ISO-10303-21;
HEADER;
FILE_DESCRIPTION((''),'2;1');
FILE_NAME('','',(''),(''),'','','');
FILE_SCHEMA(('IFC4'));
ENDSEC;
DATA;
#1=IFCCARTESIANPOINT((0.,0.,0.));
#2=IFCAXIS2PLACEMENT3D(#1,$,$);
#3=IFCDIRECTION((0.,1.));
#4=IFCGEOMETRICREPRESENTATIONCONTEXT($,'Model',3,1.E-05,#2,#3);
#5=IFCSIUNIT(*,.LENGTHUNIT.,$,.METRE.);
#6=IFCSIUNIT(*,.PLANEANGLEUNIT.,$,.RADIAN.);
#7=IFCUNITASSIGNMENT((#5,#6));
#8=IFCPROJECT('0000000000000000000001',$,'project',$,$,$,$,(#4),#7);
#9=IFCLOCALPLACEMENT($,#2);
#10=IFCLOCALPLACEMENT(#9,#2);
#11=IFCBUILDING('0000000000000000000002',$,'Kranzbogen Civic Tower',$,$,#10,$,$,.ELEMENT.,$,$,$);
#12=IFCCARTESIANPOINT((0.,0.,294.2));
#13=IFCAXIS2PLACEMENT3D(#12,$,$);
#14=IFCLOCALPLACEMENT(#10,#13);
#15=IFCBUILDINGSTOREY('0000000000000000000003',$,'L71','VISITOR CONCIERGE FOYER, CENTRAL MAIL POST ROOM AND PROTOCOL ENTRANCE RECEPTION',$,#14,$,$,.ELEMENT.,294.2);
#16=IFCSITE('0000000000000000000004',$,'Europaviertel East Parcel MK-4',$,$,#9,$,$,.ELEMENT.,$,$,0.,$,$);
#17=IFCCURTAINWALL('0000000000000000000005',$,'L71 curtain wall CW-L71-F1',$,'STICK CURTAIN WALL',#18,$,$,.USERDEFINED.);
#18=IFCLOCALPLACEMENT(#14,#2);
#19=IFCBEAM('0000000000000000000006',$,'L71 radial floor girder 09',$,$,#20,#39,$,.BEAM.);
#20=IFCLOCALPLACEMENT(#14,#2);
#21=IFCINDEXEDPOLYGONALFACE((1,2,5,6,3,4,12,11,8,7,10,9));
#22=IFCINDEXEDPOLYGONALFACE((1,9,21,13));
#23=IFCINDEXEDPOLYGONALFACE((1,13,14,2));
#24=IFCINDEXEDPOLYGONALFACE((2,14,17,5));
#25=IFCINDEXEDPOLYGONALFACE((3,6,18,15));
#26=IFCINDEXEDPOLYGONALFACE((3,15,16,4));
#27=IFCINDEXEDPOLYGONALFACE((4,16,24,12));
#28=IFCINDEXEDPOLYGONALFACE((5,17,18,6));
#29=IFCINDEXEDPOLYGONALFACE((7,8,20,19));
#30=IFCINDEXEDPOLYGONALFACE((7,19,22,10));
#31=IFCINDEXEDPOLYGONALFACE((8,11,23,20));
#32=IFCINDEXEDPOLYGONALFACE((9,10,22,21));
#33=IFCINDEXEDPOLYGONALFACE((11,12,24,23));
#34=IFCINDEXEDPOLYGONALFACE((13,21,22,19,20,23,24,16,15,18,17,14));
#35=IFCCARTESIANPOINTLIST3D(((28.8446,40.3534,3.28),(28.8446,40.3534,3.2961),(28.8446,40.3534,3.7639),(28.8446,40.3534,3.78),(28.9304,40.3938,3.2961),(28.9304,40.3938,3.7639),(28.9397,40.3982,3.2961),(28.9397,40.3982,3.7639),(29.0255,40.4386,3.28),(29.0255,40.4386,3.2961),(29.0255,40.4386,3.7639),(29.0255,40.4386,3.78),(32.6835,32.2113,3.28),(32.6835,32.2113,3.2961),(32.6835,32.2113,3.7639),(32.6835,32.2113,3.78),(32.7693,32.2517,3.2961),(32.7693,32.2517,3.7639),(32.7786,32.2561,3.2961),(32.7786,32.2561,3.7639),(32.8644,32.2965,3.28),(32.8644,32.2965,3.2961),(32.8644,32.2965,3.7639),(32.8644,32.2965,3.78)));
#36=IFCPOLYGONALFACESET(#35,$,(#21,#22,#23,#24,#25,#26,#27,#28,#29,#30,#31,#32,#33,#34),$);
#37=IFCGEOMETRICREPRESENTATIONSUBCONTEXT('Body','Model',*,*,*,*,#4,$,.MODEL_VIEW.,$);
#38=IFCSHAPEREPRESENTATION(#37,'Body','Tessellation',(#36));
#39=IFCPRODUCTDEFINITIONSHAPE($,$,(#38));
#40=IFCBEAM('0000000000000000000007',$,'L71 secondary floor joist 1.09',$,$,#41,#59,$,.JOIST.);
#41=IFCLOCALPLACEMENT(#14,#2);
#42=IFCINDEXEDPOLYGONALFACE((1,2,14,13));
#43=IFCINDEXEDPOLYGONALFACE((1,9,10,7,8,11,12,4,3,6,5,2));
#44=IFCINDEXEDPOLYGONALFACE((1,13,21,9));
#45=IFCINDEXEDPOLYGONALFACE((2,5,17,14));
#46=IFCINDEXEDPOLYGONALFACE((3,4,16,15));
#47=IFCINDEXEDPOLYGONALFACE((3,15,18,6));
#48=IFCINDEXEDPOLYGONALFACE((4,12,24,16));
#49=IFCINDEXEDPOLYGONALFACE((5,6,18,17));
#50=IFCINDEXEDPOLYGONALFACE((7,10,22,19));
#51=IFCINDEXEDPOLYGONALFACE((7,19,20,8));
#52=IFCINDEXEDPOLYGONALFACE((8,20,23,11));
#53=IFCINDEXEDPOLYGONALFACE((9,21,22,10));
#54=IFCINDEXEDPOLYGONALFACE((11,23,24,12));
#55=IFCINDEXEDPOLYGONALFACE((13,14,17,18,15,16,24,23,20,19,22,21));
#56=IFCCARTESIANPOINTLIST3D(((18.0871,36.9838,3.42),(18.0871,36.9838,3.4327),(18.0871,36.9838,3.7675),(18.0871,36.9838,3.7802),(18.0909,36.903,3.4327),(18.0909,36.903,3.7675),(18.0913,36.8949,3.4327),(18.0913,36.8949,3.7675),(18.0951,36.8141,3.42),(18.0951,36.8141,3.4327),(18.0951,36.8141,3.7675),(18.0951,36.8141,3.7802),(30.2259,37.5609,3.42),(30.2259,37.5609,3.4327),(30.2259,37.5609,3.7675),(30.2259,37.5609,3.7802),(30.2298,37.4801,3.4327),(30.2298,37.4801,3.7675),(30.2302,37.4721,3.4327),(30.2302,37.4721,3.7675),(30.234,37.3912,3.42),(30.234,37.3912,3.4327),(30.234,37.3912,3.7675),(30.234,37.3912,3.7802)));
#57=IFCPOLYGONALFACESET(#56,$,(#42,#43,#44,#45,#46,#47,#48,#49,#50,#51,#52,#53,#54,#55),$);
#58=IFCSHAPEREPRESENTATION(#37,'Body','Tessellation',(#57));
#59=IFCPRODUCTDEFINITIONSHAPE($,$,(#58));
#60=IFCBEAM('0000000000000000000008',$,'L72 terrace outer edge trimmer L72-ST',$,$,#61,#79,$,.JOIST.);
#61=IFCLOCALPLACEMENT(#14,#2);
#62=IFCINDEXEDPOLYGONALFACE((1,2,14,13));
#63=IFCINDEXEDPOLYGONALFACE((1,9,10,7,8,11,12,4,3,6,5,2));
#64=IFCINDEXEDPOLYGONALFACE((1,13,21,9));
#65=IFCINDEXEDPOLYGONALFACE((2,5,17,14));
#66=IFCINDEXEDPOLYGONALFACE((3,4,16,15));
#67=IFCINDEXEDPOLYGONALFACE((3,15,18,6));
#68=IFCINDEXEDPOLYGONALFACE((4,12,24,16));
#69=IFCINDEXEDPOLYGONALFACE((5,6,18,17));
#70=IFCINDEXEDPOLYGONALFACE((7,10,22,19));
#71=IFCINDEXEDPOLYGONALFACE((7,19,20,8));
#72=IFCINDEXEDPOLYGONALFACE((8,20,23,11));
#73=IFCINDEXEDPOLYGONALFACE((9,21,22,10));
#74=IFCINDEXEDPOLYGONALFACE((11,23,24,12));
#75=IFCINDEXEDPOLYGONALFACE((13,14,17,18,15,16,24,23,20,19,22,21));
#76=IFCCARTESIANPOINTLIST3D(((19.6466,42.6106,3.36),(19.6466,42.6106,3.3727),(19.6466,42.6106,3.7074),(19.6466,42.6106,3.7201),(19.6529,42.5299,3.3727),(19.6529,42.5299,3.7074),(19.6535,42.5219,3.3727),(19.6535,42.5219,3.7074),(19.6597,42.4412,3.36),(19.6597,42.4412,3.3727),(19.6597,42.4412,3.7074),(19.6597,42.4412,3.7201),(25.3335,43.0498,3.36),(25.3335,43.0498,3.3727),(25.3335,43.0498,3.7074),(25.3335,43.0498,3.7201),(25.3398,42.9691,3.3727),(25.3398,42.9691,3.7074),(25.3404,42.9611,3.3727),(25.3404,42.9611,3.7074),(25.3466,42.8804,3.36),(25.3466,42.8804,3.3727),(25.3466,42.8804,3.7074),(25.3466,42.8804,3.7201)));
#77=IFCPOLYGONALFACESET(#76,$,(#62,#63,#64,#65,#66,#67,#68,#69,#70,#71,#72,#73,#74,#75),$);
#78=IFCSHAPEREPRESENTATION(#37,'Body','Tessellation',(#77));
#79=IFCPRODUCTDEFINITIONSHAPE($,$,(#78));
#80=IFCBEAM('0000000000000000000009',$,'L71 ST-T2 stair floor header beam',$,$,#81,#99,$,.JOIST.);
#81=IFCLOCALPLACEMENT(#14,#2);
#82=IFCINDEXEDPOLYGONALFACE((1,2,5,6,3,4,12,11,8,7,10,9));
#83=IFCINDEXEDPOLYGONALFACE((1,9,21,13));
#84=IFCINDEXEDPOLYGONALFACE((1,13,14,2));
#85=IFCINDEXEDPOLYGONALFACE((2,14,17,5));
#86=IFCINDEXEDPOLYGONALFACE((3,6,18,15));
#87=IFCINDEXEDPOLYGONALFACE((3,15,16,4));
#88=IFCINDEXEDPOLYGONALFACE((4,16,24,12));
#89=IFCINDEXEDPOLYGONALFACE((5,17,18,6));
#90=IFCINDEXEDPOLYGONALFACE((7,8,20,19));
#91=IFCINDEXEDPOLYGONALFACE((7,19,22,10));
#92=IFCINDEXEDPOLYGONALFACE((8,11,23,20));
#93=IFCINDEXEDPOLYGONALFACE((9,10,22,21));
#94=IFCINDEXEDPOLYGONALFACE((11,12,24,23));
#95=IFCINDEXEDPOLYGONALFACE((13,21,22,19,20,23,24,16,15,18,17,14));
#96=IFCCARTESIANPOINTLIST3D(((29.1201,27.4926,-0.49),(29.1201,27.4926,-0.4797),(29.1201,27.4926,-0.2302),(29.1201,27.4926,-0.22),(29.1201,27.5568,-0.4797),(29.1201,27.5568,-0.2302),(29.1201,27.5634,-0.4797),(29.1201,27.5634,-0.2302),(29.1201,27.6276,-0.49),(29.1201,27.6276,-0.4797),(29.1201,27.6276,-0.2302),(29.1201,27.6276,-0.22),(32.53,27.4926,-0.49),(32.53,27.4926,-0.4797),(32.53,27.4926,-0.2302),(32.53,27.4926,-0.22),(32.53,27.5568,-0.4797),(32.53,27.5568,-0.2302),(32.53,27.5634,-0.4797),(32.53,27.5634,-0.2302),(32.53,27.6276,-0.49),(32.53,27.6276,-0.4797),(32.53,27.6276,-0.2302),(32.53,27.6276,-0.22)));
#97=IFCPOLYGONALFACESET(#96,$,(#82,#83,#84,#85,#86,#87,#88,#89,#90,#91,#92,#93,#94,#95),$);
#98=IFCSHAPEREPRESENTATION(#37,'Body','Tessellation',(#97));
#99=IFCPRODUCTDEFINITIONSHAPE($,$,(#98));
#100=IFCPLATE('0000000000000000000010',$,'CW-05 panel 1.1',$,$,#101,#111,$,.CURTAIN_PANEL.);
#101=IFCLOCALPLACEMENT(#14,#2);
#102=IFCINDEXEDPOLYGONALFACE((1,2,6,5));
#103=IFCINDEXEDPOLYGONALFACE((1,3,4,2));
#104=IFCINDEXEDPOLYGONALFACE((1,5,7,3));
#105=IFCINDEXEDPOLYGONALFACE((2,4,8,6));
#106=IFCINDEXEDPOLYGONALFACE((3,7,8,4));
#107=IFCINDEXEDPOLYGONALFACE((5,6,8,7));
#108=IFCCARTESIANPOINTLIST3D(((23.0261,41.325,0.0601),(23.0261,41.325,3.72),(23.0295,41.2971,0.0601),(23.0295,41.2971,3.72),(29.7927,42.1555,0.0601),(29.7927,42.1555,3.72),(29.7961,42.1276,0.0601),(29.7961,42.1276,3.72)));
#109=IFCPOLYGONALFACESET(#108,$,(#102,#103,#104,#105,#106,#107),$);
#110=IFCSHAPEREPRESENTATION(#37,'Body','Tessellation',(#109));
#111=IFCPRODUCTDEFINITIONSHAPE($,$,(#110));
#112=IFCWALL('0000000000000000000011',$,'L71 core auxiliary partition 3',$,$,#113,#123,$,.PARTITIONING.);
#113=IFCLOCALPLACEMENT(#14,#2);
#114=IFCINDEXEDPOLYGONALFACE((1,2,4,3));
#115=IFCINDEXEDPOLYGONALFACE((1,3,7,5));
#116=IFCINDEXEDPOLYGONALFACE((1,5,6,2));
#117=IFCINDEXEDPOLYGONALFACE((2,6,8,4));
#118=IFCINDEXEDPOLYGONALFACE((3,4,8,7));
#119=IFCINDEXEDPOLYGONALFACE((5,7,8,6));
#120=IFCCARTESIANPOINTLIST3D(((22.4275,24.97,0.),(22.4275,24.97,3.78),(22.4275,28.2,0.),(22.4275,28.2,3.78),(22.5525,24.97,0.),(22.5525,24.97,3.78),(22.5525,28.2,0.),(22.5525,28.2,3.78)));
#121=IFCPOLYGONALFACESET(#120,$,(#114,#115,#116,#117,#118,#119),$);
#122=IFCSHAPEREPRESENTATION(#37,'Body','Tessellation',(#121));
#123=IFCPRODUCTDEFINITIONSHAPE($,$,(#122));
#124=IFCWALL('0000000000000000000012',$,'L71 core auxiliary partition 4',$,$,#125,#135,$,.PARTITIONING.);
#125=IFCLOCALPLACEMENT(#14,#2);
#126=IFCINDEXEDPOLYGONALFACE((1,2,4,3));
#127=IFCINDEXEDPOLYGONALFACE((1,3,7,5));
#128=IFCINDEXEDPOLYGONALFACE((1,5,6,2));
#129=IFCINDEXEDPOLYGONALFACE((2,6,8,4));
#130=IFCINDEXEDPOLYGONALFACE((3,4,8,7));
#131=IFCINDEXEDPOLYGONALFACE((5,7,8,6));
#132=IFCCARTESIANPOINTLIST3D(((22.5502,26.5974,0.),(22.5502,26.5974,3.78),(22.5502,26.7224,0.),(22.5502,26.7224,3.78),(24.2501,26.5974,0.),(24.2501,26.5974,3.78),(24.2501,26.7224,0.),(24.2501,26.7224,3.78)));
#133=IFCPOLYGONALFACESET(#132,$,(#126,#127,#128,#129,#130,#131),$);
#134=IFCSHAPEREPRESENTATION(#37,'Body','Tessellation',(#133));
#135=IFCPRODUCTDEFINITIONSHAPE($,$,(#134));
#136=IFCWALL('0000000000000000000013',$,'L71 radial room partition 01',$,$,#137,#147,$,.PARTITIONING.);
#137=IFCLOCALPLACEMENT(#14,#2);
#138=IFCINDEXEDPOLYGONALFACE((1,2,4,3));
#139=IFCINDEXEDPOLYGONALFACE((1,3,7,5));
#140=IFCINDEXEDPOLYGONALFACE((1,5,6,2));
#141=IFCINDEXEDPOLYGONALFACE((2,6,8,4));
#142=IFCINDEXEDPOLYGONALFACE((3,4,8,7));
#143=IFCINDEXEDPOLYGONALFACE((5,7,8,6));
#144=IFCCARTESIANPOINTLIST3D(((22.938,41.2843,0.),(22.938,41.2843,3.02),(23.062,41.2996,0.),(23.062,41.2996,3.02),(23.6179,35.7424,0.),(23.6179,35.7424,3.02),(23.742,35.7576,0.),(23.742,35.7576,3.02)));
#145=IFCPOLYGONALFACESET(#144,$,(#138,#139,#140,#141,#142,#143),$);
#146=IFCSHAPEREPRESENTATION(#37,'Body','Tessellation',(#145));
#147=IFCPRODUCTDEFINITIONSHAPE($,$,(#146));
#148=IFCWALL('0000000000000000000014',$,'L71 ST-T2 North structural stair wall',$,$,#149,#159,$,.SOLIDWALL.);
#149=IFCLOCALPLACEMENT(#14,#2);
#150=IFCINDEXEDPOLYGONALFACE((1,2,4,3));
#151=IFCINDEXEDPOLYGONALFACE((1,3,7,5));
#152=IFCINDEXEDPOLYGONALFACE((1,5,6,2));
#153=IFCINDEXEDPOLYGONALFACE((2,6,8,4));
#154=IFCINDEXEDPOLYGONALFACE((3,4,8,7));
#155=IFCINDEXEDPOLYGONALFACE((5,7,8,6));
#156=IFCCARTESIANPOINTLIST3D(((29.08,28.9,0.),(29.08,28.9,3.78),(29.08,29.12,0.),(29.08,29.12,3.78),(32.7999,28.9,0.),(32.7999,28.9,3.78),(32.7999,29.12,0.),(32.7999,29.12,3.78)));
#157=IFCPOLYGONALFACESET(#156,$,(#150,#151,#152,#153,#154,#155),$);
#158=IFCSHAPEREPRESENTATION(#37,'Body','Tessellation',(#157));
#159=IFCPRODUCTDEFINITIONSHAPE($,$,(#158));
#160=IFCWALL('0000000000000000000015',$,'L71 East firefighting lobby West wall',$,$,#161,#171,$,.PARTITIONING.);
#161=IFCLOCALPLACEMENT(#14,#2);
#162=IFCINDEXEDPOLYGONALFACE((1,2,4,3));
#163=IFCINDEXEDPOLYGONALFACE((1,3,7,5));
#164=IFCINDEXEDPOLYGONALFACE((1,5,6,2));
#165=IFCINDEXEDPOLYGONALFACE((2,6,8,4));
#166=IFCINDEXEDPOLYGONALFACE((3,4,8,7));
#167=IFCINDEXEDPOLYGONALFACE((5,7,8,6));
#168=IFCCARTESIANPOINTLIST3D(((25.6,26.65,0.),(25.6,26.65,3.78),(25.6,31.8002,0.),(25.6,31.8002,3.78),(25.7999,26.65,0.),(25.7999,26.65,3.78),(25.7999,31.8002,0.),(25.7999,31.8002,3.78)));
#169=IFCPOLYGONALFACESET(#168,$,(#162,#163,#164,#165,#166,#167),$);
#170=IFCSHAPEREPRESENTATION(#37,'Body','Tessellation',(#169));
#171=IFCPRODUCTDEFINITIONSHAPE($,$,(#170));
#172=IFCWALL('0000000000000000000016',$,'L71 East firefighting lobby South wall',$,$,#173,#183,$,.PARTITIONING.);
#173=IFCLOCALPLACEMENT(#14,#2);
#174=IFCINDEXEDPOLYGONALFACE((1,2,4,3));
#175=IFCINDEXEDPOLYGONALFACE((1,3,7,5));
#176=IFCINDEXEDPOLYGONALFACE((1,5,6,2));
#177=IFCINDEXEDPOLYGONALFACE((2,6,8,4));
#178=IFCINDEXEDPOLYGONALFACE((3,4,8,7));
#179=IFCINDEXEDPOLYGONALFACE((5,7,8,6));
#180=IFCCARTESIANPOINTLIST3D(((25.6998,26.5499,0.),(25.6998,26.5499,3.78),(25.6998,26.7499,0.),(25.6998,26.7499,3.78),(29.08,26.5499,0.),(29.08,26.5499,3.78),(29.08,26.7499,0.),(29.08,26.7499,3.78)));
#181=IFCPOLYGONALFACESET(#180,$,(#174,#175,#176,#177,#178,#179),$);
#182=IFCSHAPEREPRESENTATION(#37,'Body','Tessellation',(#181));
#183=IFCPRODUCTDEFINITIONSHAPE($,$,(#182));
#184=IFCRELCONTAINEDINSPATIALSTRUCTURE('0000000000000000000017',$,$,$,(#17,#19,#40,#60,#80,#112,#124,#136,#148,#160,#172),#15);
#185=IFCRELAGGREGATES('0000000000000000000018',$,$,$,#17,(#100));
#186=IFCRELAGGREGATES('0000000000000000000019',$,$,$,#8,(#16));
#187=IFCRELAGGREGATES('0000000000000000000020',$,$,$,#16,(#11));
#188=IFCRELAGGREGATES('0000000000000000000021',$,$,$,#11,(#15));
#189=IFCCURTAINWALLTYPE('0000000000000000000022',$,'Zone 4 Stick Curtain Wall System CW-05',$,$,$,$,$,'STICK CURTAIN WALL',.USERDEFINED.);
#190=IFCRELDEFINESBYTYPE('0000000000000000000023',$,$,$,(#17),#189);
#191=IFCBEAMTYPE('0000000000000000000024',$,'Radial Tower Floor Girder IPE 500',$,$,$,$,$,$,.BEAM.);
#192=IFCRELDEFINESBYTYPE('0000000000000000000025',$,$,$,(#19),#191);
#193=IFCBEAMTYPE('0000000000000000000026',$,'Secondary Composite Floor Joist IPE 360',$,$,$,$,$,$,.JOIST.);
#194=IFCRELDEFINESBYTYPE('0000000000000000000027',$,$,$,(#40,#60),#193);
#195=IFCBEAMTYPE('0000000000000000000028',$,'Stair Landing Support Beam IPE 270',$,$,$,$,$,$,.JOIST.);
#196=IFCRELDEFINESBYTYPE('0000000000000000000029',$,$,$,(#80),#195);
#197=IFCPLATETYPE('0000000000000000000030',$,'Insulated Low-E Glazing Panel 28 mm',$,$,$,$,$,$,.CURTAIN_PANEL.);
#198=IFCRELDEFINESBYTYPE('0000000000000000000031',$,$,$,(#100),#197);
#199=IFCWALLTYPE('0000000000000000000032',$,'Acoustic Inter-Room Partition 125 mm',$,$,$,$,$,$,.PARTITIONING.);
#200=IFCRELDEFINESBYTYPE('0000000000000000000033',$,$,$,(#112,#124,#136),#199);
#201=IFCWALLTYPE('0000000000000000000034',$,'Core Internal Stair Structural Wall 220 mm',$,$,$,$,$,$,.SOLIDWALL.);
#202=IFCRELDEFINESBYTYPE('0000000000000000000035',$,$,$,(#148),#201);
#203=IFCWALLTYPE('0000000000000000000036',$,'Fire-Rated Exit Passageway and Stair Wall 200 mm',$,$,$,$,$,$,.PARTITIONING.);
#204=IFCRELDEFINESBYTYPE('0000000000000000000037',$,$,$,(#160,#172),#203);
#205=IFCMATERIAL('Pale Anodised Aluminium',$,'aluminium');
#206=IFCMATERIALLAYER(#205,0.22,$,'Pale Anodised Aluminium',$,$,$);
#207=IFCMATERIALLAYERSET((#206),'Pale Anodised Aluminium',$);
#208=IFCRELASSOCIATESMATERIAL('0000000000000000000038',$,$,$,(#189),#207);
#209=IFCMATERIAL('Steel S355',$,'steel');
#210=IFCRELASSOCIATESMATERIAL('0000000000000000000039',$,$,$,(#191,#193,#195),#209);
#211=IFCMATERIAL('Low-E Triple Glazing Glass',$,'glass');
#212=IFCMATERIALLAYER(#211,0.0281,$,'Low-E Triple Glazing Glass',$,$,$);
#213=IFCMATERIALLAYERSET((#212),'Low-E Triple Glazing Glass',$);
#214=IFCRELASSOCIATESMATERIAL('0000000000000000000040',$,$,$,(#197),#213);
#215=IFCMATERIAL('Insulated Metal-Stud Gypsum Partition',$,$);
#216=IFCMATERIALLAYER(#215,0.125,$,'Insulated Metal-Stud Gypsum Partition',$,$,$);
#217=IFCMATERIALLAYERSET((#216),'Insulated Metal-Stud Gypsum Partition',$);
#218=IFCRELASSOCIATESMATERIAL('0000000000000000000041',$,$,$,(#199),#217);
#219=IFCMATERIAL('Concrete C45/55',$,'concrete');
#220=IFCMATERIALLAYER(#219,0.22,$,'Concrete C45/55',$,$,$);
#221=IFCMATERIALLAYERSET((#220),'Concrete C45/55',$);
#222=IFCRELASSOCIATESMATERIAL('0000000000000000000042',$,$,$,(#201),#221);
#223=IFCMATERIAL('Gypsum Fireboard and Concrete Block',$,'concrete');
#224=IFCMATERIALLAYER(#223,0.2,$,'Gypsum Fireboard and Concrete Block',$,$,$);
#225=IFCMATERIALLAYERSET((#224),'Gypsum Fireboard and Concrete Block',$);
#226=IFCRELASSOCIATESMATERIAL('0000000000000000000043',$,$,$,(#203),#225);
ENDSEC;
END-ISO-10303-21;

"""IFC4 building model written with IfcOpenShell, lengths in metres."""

from ifc_helpers import new_model, si_unit, direction, frame, frame_2d, origin, origin_2d, place, context, subcontext, project, spatial, rectangle, i_section, extrude, material, layer, layer_set, material_profile, profile_set, type_object, element, aggregate, save


model = new_model("IFC4")

# Units and contexts
model_context = context("Model", 3, precision=1e-05, world=origin(), true_north=direction((0.0, 1.0)))
body_context = subcontext(model_context, "Body", "Model", "MODEL_VIEW")
ifc_project = project(units=[si_unit("LENGTHUNIT", "METRE"), si_unit("PLANEANGLEUNIT", "RADIAN")], contexts=[model_context])

# Site, building, storey
site_placement = place(None, origin())
site = spatial("IfcSite", under=ifc_project, at=site_placement, Name="Europaviertel East Parcel MK-4", CompositionType="ELEMENT", RefElevation=0.0)
building_placement = place(site_placement, origin())
building = spatial("IfcBuilding", under=site, at=building_placement, Name="Kranzbogen Civic Tower", CompositionType="ELEMENT")
storey_placement = place(building_placement, frame((0.0, 0.0, 294.2)))
storey = spatial("IfcBuildingStorey", under=building, at=storey_placement, Name="L71", Description="VISITOR CONCIERGE FOYER, CENTRAL MAIL POST ROOM AND PROTOCOL ENTRANCE RECEPTION", CompositionType="ELEMENT", Elevation=294.2)

# Shared definitions
ifc_material_1 = material(Name="Steel S355", Category="steel")

# Curtain wall
ifc_material_2 = material(Name="Pale Anodised Aluminium", Category="aluminium")
ifc_layer_1 = layer(ifc_material_2, 0.22, Name="Pale Anodised Aluminium")
ifc_layer_set_1 = layer_set([ifc_layer_1], Name="Pale Anodised Aluminium")
curtain_wall_type = type_object("IfcCurtainWallType", Name="Zone 4 Stick Curtain Wall System CW-05", ElementType="STICK CURTAIN WALL", PredefinedType="USERDEFINED", material=ifc_layer_set_1)
curtain_wall_placement = place(storey_placement, origin())
curtain_wall = element("IfcCurtainWall", 1, at=curtain_wall_placement, inside=storey, type_object=curtain_wall_type, Name="L71 curtain wall CW-L71-F1", ObjectType="STICK CURTAIN WALL", PredefinedType="USERDEFINED")

# Beams
ifc_material_profile_1 = material_profile(ifc_material_1, i_section(OverallWidth=0.2, OverallDepth=0.5, WebThickness=0.0103, FlangeThickness=0.0161, at=origin_2d()), Name="IPE 500")
ifc_profile_set_1 = profile_set([ifc_material_profile_1], Name="Steel S355")
beam_type_1 = type_object("IfcBeamType", Name="Radial Tower Floor Girder IPE 500", PredefinedType="BEAM", material=ifc_profile_set_1)
beam_1_placement = place(storey_placement, frame((28.9351, 40.396, 3.53), z_axis=(0.42646, -0.904506, 0.0), x_axis=(0.904506, 0.42646, 0.0)))
element("IfcBeam", 2, at=beam_1_placement, inside=storey, type_object=beam_type_1, Name="L71 radial floor girder 09", PredefinedType="BEAM", context=body_context, shape_type="SweptSolid", body=[
    extrude(i_section(OverallWidth=0.2, OverallDepth=0.5, WebThickness=0.0103, FlangeThickness=0.0161, at=origin_2d()), origin(), (0.0, 0.0, 1.0), 9.0017),
])
ifc_material_profile_2 = material_profile(ifc_material_1, i_section(OverallWidth=0.1699, OverallDepth=0.3601, WebThickness=0.0081, FlangeThickness=0.0127, at=origin_2d()), Name="IPE 360")
ifc_profile_set_2 = profile_set([ifc_material_profile_2], Name="Steel S355")
beam_type_2 = type_object("IfcBeamType", Name="Secondary Composite Floor Joist IPE 360", PredefinedType="JOIST", material=ifc_profile_set_2)
beam_2_placement = place(storey_placement, frame((30.23, 37.4761, 3.6001), z_axis=(-0.998872, -0.047492, 0.0), x_axis=(0.047492, -0.998872, 0.0)))
element("IfcBeam", 3, at=beam_2_placement, inside=storey, type_object=beam_type_2, Name="L71 secondary floor joist 1.09", PredefinedType="JOIST", context=body_context, shape_type="SweptSolid", body=[
    extrude(i_section(OverallWidth=0.1699, OverallDepth=0.3601, WebThickness=0.0081, FlangeThickness=0.0127, at=origin_2d()), origin(), (0.0, 0.0, 1.0), 12.1526),
])
beam_3_placement = place(storey_placement, frame((25.3401, 42.9651, 3.54), z_axis=(-0.997031, -0.077001, 0.0), x_axis=(0.077001, -0.997031, 0.0)))
element("IfcBeam", 4, at=beam_3_placement, inside=storey, type_object=beam_type_2, Name="L72 terrace outer edge trimmer L72-ST", PredefinedType="JOIST", context=body_context, shape_type="SweptSolid", body=[
    extrude(i_section(OverallWidth=0.1699, OverallDepth=0.3601, WebThickness=0.0081, FlangeThickness=0.0127, at=origin_2d()), origin(), (0.0, 0.0, 1.0), 5.7039),
])
ifc_material_profile_3 = material_profile(ifc_material_1, i_section(OverallWidth=0.135, OverallDepth=0.27, WebThickness=0.0066, FlangeThickness=0.0103, at=origin_2d()), Name="IPE 270")
ifc_profile_set_3 = profile_set([ifc_material_profile_3], Name="Steel S355")
beam_type_3 = type_object("IfcBeamType", Name="Stair Landing Support Beam IPE 270", PredefinedType="JOIST", material=ifc_profile_set_3)
beam_4_placement = place(storey_placement, frame((29.1201, 27.5601, -0.355), z_axis=(1.0, 0.0, 0.0), x_axis=(0.0, 1.0, 0.0)))
element("IfcBeam", 5, at=beam_4_placement, inside=storey, type_object=beam_type_3, Name="L71 ST-T2 stair floor header beam", PredefinedType="JOIST", context=body_context, shape_type="SweptSolid", body=[
    extrude(i_section(OverallWidth=0.135, OverallDepth=0.27, WebThickness=0.0066, FlangeThickness=0.0103, at=origin_2d()), origin(), (0.0, 0.0, 1.0), 3.4099),
])

# Plate
ifc_material_3 = material(Name="Low-E Triple Glazing Glass", Category="glass")
ifc_layer_2 = layer(ifc_material_3, 0.0281, Name="Low-E Triple Glazing Glass")
ifc_layer_set_2 = layer_set([ifc_layer_2], Name="Low-E Triple Glazing Glass")
plate_type = type_object("IfcPlateType", Name="Insulated Low-E Glazing Panel 28 mm", PredefinedType="CURTAIN_PANEL", material=ifc_layer_set_2)
plate_placement = place(storey_placement, frame((26.4111, 41.7263, 0.0601), z_axis=(0.0, 0.0, 1.0), x_axis=(-0.992552, -0.121825, 0.0)))
plate = element("IfcPlate", 6, at=plate_placement, type_object=plate_type, Name="CW-05 panel 1.1", PredefinedType="CURTAIN_PANEL", context=body_context, shape_type="SweptSolid", body=[
    extrude(rectangle(XDim=6.8174, YDim=0.0281, at=origin_2d()), origin(), (0.0, 0.0, 1.0), 3.6599),
])
aggregate(curtain_wall, [plate])

# Walls
ifc_material_4 = material(Name="Insulated Metal-Stud Gypsum Partition")
ifc_layer_3 = layer(ifc_material_4, 0.125, Name="Insulated Metal-Stud Gypsum Partition")
ifc_layer_set_3 = layer_set([ifc_layer_3], Name="Insulated Metal-Stud Gypsum Partition")
wall_type_1 = type_object("IfcWallType", Name="Acoustic Inter-Room Partition 125 mm", PredefinedType="PARTITIONING", material=ifc_layer_set_3)
wall_1_placement = place(storey_placement, frame((22.49, 24.97, 0.0), z_axis=(0.0, 0.0, 1.0), x_axis=(0.0, 1.0, 0.0)))
element("IfcWall", 7, at=wall_1_placement, inside=storey, type_object=wall_type_1, Name="L71 core auxiliary partition 3", PredefinedType="PARTITIONING", context=body_context, shape_type="SweptSolid", body=[
    extrude(rectangle(XDim=3.23, YDim=0.125, at=frame_2d((1.615, 0.0))), origin(), (0.0, 0.0, 1.0), 3.78),
])
wall_2_placement = place(storey_placement, frame((22.55, 26.6599, 0.0), z_axis=(0.0, 0.0, 1.0), x_axis=(1.0, 0.0, 0.0)))
element("IfcWall", 8, at=wall_2_placement, inside=storey, type_object=wall_type_1, Name="L71 core auxiliary partition 4", PredefinedType="PARTITIONING", context=body_context, shape_type="SweptSolid", body=[
    extrude(rectangle(XDim=1.7, YDim=0.125, at=frame_2d((0.8501, 0.0))), origin(), (0.0, 0.0, 1.0), 3.78),
])
wall_3_placement = place(storey_placement, frame((23.6799, 35.75, 0.0), z_axis=(0.0, 0.0, 1.0), x_axis=(-0.121774, 0.992558, 0.0)))
element("IfcWall", 9, at=wall_3_placement, inside=storey, type_object=wall_type_1, Name="L71 radial room partition 01", PredefinedType="PARTITIONING", context=body_context, shape_type="SweptSolid", body=[
    extrude(rectangle(XDim=5.5835, YDim=0.125, at=frame_2d((2.7917, 0.0))), origin(), (0.0, 0.0, 1.0), 3.02),
])
ifc_material_5 = material(Name="Concrete C45/55", Category="concrete")
ifc_layer_4 = layer(ifc_material_5, 0.22, Name="Concrete C45/55")
ifc_layer_set_4 = layer_set([ifc_layer_4], Name="Concrete C45/55")
wall_type_2 = type_object("IfcWallType", Name="Core Internal Stair Structural Wall 220 mm", PredefinedType="SOLIDWALL", material=ifc_layer_set_4)
wall_4_placement = place(storey_placement, frame((29.0801, 29.01, 0.0), z_axis=(0.0, 0.0, 1.0), x_axis=(1.0, 0.0, 0.0)))
element("IfcWall", 10, at=wall_4_placement, inside=storey, type_object=wall_type_2, Name="L71 ST-T2 North structural stair wall", PredefinedType="SOLIDWALL", context=body_context, shape_type="SweptSolid", body=[
    extrude(rectangle(XDim=3.72, YDim=0.22, at=frame_2d((1.8599, 0.0))), origin(), (0.0, 0.0, 1.0), 3.78),
])
ifc_material_6 = material(Name="Gypsum Fireboard and Concrete Block", Category="concrete")
ifc_layer_5 = layer(ifc_material_6, 0.2, Name="Gypsum Fireboard and Concrete Block")
ifc_layer_set_5 = layer_set([ifc_layer_5], Name="Gypsum Fireboard and Concrete Block")
wall_type_3 = type_object("IfcWallType", Name="Fire-Rated Exit Passageway and Stair Wall 200 mm", PredefinedType="PARTITIONING", material=ifc_layer_set_5)
wall_5_placement = place(storey_placement, frame((25.7, 26.6499, 0.0), z_axis=(0.0, 0.0, 1.0), x_axis=(0.0, 1.0, 0.0)))
element("IfcWall", 11, at=wall_5_placement, inside=storey, type_object=wall_type_3, Name="L71 East firefighting lobby West wall", PredefinedType="PARTITIONING", context=body_context, shape_type="SweptSolid", body=[
    extrude(rectangle(XDim=5.1501, YDim=0.2, at=frame_2d((2.5752, 0.0))), origin(), (0.0, 0.0, 1.0), 3.78),
])
wall_6_placement = place(storey_placement, frame((25.7, 26.6499, 0.0), z_axis=(0.0, 0.0, 1.0), x_axis=(1.0, 0.0, 0.0)))
element("IfcWall", 12, at=wall_6_placement, inside=storey, type_object=wall_type_3, Name="L71 East firefighting lobby South wall", PredefinedType="PARTITIONING", context=body_context, shape_type="SweptSolid", body=[
    extrude(rectangle(XDim=3.3801, YDim=0.2, at=frame_2d((1.6899, 0.0))), origin(), (0.0, 0.0, 1.0), 3.78),
])

save(model, "model.ifc")
